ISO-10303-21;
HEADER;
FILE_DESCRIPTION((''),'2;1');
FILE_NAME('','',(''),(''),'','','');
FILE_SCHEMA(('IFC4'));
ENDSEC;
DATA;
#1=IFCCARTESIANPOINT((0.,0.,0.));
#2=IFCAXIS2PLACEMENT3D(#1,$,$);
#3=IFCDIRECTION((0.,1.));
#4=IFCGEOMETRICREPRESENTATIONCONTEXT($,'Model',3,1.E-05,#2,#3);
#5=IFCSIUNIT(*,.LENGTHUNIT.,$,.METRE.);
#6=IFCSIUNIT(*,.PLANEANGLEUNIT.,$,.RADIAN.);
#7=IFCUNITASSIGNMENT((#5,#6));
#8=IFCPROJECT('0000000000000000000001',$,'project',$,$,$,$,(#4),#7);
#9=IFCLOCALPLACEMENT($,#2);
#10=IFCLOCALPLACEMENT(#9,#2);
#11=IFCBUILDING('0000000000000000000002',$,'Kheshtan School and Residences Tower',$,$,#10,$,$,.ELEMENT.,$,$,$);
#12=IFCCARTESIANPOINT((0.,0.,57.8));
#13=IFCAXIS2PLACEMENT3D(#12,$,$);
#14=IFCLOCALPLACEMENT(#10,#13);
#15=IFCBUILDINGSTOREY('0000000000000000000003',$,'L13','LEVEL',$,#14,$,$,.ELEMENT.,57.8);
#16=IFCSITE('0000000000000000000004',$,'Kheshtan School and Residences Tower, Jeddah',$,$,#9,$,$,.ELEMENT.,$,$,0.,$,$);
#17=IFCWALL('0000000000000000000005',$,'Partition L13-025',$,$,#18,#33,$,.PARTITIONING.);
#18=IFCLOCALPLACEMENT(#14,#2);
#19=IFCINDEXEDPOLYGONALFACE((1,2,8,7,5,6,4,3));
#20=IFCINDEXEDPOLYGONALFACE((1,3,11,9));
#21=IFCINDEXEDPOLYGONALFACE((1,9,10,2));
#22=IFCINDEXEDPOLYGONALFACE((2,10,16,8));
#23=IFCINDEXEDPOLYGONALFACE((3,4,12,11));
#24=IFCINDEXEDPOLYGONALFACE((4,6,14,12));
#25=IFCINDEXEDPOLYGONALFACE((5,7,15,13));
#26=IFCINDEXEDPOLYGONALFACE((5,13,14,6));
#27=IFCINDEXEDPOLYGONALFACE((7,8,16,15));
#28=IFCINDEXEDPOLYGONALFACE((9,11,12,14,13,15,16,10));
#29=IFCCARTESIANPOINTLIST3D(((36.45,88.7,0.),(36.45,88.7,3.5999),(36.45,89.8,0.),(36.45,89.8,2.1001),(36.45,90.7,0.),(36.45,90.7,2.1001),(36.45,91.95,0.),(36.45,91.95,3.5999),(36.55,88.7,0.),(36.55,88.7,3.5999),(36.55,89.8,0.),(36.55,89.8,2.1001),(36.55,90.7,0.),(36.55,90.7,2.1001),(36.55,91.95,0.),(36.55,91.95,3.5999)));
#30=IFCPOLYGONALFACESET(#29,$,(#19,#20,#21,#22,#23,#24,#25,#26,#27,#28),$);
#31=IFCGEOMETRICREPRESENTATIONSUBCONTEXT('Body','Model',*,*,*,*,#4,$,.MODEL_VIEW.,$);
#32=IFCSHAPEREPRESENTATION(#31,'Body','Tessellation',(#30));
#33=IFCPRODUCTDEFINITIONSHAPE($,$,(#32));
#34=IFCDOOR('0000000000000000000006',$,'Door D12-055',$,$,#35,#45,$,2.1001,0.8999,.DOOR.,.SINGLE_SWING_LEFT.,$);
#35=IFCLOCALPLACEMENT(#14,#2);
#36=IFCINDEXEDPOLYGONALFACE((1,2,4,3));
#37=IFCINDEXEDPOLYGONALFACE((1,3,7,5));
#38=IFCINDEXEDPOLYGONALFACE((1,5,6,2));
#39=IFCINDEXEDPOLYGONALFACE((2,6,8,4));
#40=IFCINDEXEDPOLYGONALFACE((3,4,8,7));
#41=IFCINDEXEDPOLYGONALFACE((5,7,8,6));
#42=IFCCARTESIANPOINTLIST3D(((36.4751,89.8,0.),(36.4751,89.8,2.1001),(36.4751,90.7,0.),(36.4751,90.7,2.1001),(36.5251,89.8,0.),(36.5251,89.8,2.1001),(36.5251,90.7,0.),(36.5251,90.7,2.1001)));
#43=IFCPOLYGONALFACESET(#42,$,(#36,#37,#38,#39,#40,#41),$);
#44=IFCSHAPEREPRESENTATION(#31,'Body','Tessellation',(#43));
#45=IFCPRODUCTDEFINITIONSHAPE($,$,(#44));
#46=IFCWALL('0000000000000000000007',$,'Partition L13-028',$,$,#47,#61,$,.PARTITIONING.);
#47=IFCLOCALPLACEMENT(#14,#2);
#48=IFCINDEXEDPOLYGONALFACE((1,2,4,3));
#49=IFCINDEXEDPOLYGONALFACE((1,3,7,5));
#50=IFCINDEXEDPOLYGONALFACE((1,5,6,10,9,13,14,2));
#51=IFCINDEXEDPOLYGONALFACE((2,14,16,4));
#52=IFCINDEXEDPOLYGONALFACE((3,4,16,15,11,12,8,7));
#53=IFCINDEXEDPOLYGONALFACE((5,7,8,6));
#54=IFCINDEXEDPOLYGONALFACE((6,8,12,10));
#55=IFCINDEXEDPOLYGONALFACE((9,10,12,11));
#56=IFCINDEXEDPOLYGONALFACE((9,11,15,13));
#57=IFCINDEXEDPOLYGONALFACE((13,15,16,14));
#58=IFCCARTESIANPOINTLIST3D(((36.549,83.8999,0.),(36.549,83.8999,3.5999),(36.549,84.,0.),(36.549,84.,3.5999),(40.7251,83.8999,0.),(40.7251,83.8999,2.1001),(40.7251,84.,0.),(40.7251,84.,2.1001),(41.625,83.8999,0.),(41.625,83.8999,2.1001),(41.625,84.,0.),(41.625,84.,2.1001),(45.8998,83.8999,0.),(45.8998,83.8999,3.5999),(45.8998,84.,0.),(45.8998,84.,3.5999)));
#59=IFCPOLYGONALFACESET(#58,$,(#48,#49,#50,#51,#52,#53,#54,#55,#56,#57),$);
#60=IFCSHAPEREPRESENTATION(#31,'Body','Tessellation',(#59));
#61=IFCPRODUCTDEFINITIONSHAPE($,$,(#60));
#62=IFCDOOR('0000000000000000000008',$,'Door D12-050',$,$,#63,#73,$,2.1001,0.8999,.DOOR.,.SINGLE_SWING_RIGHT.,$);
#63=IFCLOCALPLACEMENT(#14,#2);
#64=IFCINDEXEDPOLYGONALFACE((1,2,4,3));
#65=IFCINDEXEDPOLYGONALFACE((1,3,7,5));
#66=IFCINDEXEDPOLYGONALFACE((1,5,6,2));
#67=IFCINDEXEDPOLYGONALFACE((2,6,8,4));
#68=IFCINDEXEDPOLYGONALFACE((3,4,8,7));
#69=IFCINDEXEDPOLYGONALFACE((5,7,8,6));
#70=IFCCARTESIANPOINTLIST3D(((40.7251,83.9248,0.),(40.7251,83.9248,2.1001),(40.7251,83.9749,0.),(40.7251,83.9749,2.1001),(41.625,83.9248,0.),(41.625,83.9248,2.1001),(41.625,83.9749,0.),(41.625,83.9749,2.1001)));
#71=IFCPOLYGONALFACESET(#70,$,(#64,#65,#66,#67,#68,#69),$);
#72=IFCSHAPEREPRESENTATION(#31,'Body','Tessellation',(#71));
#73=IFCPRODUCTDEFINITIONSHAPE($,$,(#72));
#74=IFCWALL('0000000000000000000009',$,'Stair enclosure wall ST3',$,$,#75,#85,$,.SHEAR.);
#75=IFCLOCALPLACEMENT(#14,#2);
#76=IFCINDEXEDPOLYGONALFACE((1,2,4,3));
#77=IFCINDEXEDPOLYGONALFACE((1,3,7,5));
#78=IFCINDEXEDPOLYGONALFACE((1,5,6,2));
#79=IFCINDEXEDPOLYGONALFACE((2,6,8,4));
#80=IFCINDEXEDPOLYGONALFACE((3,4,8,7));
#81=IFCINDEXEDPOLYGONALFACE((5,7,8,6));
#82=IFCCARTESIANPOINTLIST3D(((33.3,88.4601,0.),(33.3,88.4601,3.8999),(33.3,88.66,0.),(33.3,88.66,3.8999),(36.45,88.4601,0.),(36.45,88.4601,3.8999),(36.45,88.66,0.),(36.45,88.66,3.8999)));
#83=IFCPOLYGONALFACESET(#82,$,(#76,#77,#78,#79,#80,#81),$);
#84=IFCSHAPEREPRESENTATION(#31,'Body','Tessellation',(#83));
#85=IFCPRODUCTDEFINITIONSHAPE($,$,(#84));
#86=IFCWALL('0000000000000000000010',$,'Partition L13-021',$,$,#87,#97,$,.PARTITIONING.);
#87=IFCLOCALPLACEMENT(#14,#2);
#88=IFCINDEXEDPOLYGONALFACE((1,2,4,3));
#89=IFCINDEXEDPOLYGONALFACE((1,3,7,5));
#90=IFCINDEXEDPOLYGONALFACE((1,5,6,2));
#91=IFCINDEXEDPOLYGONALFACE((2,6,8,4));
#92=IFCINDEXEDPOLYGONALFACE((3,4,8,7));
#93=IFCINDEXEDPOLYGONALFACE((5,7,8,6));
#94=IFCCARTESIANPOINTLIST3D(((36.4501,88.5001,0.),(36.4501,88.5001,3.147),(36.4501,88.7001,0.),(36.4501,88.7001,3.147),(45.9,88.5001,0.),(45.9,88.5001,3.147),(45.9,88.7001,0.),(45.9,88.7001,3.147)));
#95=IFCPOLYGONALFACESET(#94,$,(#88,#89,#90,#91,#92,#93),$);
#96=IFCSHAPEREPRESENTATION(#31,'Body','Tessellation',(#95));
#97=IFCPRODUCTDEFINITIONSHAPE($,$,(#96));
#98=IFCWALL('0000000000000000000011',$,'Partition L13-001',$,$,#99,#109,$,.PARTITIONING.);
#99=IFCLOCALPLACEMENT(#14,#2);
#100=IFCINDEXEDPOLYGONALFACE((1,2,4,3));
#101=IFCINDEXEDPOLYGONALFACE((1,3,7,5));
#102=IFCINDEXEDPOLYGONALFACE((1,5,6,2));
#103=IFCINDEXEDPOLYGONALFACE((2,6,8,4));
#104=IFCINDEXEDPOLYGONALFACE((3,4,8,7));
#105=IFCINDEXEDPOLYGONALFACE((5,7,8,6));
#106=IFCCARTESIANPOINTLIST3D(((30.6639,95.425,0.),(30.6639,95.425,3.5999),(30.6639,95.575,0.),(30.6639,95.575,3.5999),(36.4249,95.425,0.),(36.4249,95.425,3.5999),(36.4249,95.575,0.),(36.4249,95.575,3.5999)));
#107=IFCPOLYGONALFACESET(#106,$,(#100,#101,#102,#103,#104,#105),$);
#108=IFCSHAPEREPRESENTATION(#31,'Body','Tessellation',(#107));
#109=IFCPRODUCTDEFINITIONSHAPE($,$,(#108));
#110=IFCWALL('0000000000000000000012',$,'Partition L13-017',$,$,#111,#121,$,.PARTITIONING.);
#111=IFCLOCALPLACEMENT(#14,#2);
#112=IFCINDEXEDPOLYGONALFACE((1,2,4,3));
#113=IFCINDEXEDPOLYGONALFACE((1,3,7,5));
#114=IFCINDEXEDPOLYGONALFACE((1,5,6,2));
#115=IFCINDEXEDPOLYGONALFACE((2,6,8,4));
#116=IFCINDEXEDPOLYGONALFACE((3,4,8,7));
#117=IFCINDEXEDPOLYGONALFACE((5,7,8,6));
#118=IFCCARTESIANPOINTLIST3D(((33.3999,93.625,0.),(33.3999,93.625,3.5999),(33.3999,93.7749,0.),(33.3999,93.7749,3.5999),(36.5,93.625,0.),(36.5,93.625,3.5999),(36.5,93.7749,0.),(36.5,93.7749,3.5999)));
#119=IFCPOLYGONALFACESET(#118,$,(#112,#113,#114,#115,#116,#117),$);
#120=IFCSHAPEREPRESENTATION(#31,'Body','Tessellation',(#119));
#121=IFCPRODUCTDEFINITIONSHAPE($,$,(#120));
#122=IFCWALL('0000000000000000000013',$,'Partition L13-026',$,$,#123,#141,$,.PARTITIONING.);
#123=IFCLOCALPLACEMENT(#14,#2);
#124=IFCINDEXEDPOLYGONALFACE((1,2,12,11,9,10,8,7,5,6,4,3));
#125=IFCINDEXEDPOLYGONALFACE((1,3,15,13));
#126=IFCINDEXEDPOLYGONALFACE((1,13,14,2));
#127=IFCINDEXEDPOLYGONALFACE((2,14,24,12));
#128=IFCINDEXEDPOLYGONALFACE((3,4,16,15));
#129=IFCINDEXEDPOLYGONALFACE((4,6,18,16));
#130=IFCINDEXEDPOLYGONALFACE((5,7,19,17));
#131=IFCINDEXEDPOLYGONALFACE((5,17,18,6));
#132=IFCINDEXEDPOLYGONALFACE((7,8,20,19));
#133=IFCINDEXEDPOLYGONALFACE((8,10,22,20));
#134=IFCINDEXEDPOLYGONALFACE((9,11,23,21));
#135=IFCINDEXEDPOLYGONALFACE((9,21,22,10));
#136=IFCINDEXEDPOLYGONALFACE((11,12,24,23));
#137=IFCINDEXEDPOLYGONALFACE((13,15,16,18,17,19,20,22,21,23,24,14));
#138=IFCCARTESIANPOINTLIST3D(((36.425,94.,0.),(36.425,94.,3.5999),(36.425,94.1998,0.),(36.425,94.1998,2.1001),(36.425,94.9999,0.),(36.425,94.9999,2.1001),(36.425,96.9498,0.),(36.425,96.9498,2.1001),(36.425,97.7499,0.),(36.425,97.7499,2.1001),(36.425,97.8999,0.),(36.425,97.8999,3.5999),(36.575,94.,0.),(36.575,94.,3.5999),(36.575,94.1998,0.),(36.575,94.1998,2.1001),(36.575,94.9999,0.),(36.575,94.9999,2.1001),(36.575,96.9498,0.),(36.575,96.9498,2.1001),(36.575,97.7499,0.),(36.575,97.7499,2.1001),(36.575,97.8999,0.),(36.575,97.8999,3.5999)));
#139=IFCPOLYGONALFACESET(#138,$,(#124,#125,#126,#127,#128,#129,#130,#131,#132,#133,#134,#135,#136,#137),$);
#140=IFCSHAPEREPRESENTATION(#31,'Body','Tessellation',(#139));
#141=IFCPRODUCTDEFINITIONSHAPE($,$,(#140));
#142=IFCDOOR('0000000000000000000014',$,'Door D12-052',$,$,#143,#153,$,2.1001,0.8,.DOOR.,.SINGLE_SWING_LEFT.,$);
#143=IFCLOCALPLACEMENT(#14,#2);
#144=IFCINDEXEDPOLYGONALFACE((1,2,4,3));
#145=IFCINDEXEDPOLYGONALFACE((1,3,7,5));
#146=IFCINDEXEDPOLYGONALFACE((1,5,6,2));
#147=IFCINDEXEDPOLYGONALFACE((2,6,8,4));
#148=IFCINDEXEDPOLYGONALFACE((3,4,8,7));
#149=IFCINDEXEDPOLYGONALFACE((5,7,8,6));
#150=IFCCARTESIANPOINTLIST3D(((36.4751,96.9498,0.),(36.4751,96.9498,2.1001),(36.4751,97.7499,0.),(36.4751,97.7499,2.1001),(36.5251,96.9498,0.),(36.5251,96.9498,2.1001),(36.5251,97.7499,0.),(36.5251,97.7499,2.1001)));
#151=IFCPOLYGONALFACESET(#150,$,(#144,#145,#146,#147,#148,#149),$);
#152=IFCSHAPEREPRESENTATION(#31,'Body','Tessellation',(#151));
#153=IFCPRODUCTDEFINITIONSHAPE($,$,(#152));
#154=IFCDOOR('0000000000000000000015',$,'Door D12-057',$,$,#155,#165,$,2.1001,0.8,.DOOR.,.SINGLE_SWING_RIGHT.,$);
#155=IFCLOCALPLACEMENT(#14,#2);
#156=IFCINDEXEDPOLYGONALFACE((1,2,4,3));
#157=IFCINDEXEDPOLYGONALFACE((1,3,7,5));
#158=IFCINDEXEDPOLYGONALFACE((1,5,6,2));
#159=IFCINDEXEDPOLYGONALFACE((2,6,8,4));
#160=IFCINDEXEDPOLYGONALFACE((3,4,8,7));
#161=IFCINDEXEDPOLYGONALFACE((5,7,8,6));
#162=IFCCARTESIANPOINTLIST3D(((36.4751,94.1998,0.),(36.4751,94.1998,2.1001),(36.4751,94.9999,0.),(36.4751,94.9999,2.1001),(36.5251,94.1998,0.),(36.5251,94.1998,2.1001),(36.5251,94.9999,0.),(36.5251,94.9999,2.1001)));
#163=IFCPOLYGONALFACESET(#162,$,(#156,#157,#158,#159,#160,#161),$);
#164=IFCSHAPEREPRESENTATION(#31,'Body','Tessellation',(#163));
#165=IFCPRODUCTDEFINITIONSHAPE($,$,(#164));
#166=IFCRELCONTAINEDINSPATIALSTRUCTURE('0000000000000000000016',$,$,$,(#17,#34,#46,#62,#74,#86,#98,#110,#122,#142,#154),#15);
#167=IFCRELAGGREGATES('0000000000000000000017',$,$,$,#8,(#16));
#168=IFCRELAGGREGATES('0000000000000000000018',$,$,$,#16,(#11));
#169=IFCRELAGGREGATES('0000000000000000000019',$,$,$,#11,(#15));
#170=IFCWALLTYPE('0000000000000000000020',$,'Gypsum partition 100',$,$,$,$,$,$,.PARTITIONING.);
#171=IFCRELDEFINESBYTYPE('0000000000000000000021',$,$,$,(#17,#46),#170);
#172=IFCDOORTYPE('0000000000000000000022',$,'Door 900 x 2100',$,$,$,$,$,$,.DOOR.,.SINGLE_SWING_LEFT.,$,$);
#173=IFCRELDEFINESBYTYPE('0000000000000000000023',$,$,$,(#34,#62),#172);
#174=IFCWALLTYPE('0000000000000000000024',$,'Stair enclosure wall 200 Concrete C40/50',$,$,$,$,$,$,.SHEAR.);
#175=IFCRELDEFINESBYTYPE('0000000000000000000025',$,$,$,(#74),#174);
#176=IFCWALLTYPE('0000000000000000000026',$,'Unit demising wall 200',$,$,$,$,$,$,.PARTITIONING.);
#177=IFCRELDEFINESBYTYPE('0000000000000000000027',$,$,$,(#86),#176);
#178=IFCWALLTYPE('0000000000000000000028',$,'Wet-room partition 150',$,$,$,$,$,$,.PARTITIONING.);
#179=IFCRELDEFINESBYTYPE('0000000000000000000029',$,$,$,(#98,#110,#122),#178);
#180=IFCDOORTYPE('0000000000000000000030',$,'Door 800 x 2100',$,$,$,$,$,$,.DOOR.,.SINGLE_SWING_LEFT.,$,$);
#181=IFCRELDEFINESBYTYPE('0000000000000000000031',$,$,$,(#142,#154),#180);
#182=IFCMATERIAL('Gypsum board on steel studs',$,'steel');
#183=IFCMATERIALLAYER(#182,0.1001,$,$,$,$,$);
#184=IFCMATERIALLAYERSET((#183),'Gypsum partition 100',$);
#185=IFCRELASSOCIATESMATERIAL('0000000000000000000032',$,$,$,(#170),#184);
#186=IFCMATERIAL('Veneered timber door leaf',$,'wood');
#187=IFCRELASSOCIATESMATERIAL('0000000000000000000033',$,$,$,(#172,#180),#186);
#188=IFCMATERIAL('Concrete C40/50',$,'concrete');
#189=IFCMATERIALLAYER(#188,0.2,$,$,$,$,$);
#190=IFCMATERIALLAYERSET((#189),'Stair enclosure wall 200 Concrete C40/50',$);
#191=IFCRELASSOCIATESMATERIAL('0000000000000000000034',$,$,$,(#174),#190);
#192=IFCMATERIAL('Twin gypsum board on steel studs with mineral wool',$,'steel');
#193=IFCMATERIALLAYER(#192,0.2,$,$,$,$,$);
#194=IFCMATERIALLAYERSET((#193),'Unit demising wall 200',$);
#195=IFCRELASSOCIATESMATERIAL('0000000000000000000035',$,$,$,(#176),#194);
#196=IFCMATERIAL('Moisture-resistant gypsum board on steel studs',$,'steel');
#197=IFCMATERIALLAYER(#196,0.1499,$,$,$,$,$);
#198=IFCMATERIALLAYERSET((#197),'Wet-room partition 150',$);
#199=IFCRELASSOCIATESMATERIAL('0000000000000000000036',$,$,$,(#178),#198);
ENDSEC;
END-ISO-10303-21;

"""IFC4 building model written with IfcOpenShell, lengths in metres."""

from ifc_helpers import new_model, si_unit, direction, frame, frame_2d, origin, place, context, subcontext, project, spatial, rectangle, extrude, source, transform, mapped, material, layer, layer_set, type_object, element, fill, save


model = new_model("IFC4")

# Units and contexts
model_context = context("Model", 3, precision=1e-05, world=origin(), true_north=direction((0.0, 1.0)))
body_context = subcontext(model_context, "Body", "Model", "MODEL_VIEW")
ifc_project = project(units=[si_unit("LENGTHUNIT", "METRE"), si_unit("PLANEANGLEUNIT", "RADIAN")], contexts=[model_context])

# Site, building, storey
site_placement = place(None, origin())
site = spatial("IfcSite", under=ifc_project, at=site_placement, Name="Kheshtan School and Residences Tower, Jeddah", CompositionType="ELEMENT", RefElevation=0.0)
building_placement = place(site_placement, origin())
building = spatial("IfcBuilding", under=site, at=building_placement, Name="Kheshtan School and Residences Tower", CompositionType="ELEMENT")
storey_placement = place(building_placement, frame((0.0, 0.0, 57.8)))
storey = spatial("IfcBuildingStorey", under=building, at=storey_placement, Name="L13", Description="LEVEL", CompositionType="ELEMENT", Elevation=57.8)

# Shared definitions
ifc_material_1 = material(Name="Gypsum board on steel studs", Category="steel")
ifc_layer_1 = layer(ifc_material_1, 0.1001)
ifc_layer_set_1 = layer_set([ifc_layer_1], Name="Gypsum partition 100")
wall_type_1 = type_object("IfcWallType", Name="Gypsum partition 100", PredefinedType="PARTITIONING", material=ifc_layer_set_1)

# Walls, openings, doors
wall_1_placement = place(storey_placement, frame((36.5, 88.7, 0.0), z_axis=(0.0, 0.0, 1.0), x_axis=(0.0, 1.0, 0.0)))
wall_1 = element("IfcWall", 1, at=wall_1_placement, inside=storey, type_object=wall_type_1, Name="Partition L13-025", PredefinedType="PARTITIONING", context=body_context, shape_type="SweptSolid", body=[
    extrude(rectangle(XDim=3.25, YDim=0.1001, at=frame_2d((1.625, 0.0))), origin(), (0.0, 0.0, 1.0), 3.5999),
])
opening_1_placement = place(wall_1_placement, frame((1.1001, 0.0, 0.0)))
opening_1 = element("IfcOpeningElement", 2, at=opening_1_placement, cuts=wall_1, PredefinedType="OPENING", context=body_context, shape_type="SweptSolid", body=[
    extrude(rectangle(XDim=0.8999, YDim=2.1001, at=frame_2d((0.45, 1.05))), frame((0.0, 0.0601, 0.0), z_axis=(0.0, -1.0, 0.0), x_axis=(1.0, 0.0, 0.0)), (0.0, 0.0, 1.0), 0.1201),
])
ifc_material_2 = material(Name="Veneered timber door leaf", Category="wood")
door_type_1 = type_object("IfcDoorType", Name="Door 900 x 2100", OperationType="SINGLE_SWING_LEFT", PredefinedType="DOOR", material=ifc_material_2)
shared_shape_1 = source(origin(), body_context, "Body", "SweptSolid", [
    extrude(rectangle(XDim=0.8999, YDim=2.1001, at=frame_2d((0.45, 1.05))), frame((0.0, 0.0249, 0.0), z_axis=(0.0, -1.0, 0.0), x_axis=(1.0, 0.0, 0.0)), (0.0, 0.0, 1.0), 0.05),
])
door_1_placement = place(opening_1_placement, origin())
door_1 = element("IfcDoor", 3, at=door_1_placement, inside=storey, type_object=door_type_1, Name="Door D12-055", OperationType="SINGLE_SWING_LEFT", OverallHeight=2.1001, OverallWidth=0.8999, PredefinedType="DOOR", context=body_context, shape_type="MappedRepresentation", body=[
    mapped(shared_shape_1, transform((0.0, 0.0, 0.0), x_axis=(1.0, 0.0, 0.0), y_axis=(0.0, 1.0, 0.0), z_axis=(0.0, 0.0, 1.0), scale=1.0)),
])
fill(opening_1, door_1)
wall_2_placement = place(storey_placement, frame((36.5491, 83.95, 0.0), z_axis=(0.0, 0.0, 1.0), x_axis=(1.0, 0.0, 0.0)))
wall_2 = element("IfcWall", 4, at=wall_2_placement, inside=storey, type_object=wall_type_1, Name="Partition L13-028", PredefinedType="PARTITIONING", context=body_context, shape_type="SweptSolid", body=[
    extrude(rectangle(XDim=9.3508, YDim=0.1001, at=frame_2d((4.6753, 0.0))), origin(), (0.0, 0.0, 1.0), 3.5999),
])
opening_2_placement = place(wall_2_placement, frame((4.176, 0.0, 0.0)))
opening_2 = element("IfcOpeningElement", 5, at=opening_2_placement, cuts=wall_2, PredefinedType="OPENING", context=body_context, shape_type="SweptSolid", body=[
    extrude(rectangle(XDim=0.8999, YDim=2.1001, at=frame_2d((0.45, 1.05))), frame((0.0, 0.0601, 0.0), z_axis=(0.0, -1.0, 0.0), x_axis=(1.0, 0.0, 0.0)), (0.0, 0.0, 1.0), 0.1201),
])
door_2_placement = place(opening_2_placement, origin())
door_2 = element("IfcDoor", 6, at=door_2_placement, inside=storey, type_object=door_type_1, Name="Door D12-050", OperationType="SINGLE_SWING_RIGHT", OverallHeight=2.1001, OverallWidth=0.8999, PredefinedType="DOOR", context=body_context, shape_type="MappedRepresentation", body=[
    mapped(shared_shape_1, transform((0.0, 0.0, 0.0), x_axis=(1.0, 0.0, 0.0), y_axis=(0.0, 1.0, 0.0), z_axis=(0.0, 0.0, 1.0), scale=1.0)),
])
fill(opening_2, door_2)

# Walls
ifc_material_3 = material(Name="Concrete C40/50", Category="concrete")
ifc_layer_2 = layer(ifc_material_3, 0.2)
ifc_layer_set_2 = layer_set([ifc_layer_2], Name="Stair enclosure wall 200 Concrete C40/50")
wall_type_2 = type_object("IfcWallType", Name="Stair enclosure wall 200 Concrete C40/50", PredefinedType="SHEAR", material=ifc_layer_set_2)
wall_3_placement = place(storey_placement, frame((33.3, 88.5601, 0.0), z_axis=(0.0, 0.0, 1.0), x_axis=(1.0, 0.0, 0.0)))
element("IfcWall", 7, at=wall_3_placement, inside=storey, type_object=wall_type_2, Name="Stair enclosure wall ST3", PredefinedType="SHEAR", context=body_context, shape_type="SweptSolid", body=[
    extrude(rectangle(XDim=3.1499, YDim=0.2, at=frame_2d((1.575, 0.0))), origin(), (0.0, 0.0, 1.0), 3.8999),
])
ifc_material_4 = material(Name="Twin gypsum board on steel studs with mineral wool", Category="steel")
ifc_layer_3 = layer(ifc_material_4, 0.2)
ifc_layer_set_3 = layer_set([ifc_layer_3], Name="Unit demising wall 200")
wall_type_3 = type_object("IfcWallType", Name="Unit demising wall 200", PredefinedType="PARTITIONING", material=ifc_layer_set_3)
wall_4_placement = place(storey_placement, frame((36.45, 88.6001, 0.0), z_axis=(0.0, 0.0, 1.0), x_axis=(1.0, 0.0, 0.0)))
element("IfcWall", 8, at=wall_4_placement, inside=storey, type_object=wall_type_3, Name="Partition L13-021", PredefinedType="PARTITIONING", context=body_context, shape_type="SweptSolid", body=[
    extrude(rectangle(XDim=9.45, YDim=0.2, at=frame_2d((4.7251, 0.0))), origin(), (0.0, 0.0, 1.0), 3.147),
])
ifc_material_5 = material(Name="Moisture-resistant gypsum board on steel studs", Category="steel")
ifc_layer_4 = layer(ifc_material_5, 0.1499)
ifc_layer_set_4 = layer_set([ifc_layer_4], Name="Wet-room partition 150")
wall_type_4 = type_object("IfcWallType", Name="Wet-room partition 150", PredefinedType="PARTITIONING", material=ifc_layer_set_4)
wall_5_placement = place(storey_placement, frame((30.6641, 95.5, 0.0), z_axis=(0.0, 0.0, 1.0), x_axis=(1.0, 0.0, 0.0)))
element("IfcWall", 9, at=wall_5_placement, inside=storey, type_object=wall_type_4, Name="Partition L13-001", PredefinedType="PARTITIONING", context=body_context, shape_type="SweptSolid", body=[
    extrude(rectangle(XDim=5.761, YDim=0.1499, at=frame_2d((2.8804, 0.0))), origin(), (0.0, 0.0, 1.0), 3.5999),
])
wall_6_placement = place(storey_placement, frame((33.3999, 93.7, 0.0), z_axis=(0.0, 0.0, 1.0), x_axis=(1.0, 0.0, 0.0)))
element("IfcWall", 10, at=wall_6_placement, inside=storey, type_object=wall_type_4, Name="Partition L13-017", PredefinedType="PARTITIONING", context=body_context, shape_type="SweptSolid", body=[
    extrude(rectangle(XDim=3.1001, YDim=0.1499, at=frame_2d((1.55, 0.0))), origin(), (0.0, 0.0, 1.0), 3.5999),
])

# Wall, openings, doors
wall_7_placement = place(storey_placement, frame((36.5, 94.0, 0.0), z_axis=(0.0, 0.0, 1.0), x_axis=(0.0, 1.0, 0.0)))
wall_7 = element("IfcWall", 11, at=wall_7_placement, inside=storey, type_object=wall_type_4, Name="Partition L13-026", PredefinedType="PARTITIONING", context=body_context, shape_type="SweptSolid", body=[
    extrude(rectangle(XDim=3.8999, YDim=0.1499, at=frame_2d((1.95, 0.0))), origin(), (0.0, 0.0, 1.0), 3.5999),
])
opening_3_placement = place(wall_7_placement, frame((2.95, 0.0, 0.0)))
opening_3 = element("IfcOpeningElement", 12, at=opening_3_placement, cuts=wall_7, PredefinedType="OPENING", context=body_context, shape_type="SweptSolid", body=[
    extrude(rectangle(XDim=0.8, YDim=2.1001, at=frame_2d((0.3999, 1.05))), frame((0.0, 0.085, 0.0), z_axis=(0.0, -1.0, 0.0), x_axis=(1.0, 0.0, 0.0)), (0.0, 0.0, 1.0), 0.1699),
])
opening_4_placement = place(wall_7_placement, frame((0.2, 0.0, 0.0)))
opening_4 = element("IfcOpeningElement", 13, at=opening_4_placement, cuts=wall_7, PredefinedType="OPENING", context=body_context, shape_type="SweptSolid", body=[
    extrude(rectangle(XDim=0.8, YDim=2.1001, at=frame_2d((0.3999, 1.05))), frame((0.0, 0.085, 0.0), z_axis=(0.0, -1.0, 0.0), x_axis=(1.0, 0.0, 0.0)), (0.0, 0.0, 1.0), 0.1699),
])
door_type_2 = type_object("IfcDoorType", Name="Door 800 x 2100", OperationType="SINGLE_SWING_LEFT", PredefinedType="DOOR", material=ifc_material_2)
shared_shape_2 = source(origin(), body_context, "Body", "SweptSolid", [
    extrude(rectangle(XDim=0.8, YDim=2.1001, at=frame_2d((0.3999, 1.05))), frame((0.0, 0.0249, 0.0), z_axis=(0.0, -1.0, 0.0), x_axis=(1.0, 0.0, 0.0)), (0.0, 0.0, 1.0), 0.05),
])
door_3_placement = place(opening_3_placement, origin())
door_3 = element("IfcDoor", 14, at=door_3_placement, inside=storey, type_object=door_type_2, Name="Door D12-052", OperationType="SINGLE_SWING_LEFT", OverallHeight=2.1001, OverallWidth=0.8, PredefinedType="DOOR", context=body_context, shape_type="MappedRepresentation", body=[
    mapped(shared_shape_2, transform((0.0, 0.0, 0.0), x_axis=(1.0, 0.0, 0.0), y_axis=(0.0, 1.0, 0.0), z_axis=(0.0, 0.0, 1.0), scale=1.0)),
])
fill(opening_3, door_3)
door_4_placement = place(opening_4_placement, origin())
door_4 = element("IfcDoor", 15, at=door_4_placement, inside=storey, type_object=door_type_2, Name="Door D12-057", OperationType="SINGLE_SWING_RIGHT", OverallHeight=2.1001, OverallWidth=0.8, PredefinedType="DOOR", context=body_context, shape_type="MappedRepresentation", body=[
    mapped(shared_shape_2, transform((0.0, 0.0, 0.0), x_axis=(1.0, 0.0, 0.0), y_axis=(0.0, 1.0, 0.0), z_axis=(0.0, 0.0, 1.0), scale=1.0)),
])
fill(opening_4, door_4)

save(model, "model.ifc")
